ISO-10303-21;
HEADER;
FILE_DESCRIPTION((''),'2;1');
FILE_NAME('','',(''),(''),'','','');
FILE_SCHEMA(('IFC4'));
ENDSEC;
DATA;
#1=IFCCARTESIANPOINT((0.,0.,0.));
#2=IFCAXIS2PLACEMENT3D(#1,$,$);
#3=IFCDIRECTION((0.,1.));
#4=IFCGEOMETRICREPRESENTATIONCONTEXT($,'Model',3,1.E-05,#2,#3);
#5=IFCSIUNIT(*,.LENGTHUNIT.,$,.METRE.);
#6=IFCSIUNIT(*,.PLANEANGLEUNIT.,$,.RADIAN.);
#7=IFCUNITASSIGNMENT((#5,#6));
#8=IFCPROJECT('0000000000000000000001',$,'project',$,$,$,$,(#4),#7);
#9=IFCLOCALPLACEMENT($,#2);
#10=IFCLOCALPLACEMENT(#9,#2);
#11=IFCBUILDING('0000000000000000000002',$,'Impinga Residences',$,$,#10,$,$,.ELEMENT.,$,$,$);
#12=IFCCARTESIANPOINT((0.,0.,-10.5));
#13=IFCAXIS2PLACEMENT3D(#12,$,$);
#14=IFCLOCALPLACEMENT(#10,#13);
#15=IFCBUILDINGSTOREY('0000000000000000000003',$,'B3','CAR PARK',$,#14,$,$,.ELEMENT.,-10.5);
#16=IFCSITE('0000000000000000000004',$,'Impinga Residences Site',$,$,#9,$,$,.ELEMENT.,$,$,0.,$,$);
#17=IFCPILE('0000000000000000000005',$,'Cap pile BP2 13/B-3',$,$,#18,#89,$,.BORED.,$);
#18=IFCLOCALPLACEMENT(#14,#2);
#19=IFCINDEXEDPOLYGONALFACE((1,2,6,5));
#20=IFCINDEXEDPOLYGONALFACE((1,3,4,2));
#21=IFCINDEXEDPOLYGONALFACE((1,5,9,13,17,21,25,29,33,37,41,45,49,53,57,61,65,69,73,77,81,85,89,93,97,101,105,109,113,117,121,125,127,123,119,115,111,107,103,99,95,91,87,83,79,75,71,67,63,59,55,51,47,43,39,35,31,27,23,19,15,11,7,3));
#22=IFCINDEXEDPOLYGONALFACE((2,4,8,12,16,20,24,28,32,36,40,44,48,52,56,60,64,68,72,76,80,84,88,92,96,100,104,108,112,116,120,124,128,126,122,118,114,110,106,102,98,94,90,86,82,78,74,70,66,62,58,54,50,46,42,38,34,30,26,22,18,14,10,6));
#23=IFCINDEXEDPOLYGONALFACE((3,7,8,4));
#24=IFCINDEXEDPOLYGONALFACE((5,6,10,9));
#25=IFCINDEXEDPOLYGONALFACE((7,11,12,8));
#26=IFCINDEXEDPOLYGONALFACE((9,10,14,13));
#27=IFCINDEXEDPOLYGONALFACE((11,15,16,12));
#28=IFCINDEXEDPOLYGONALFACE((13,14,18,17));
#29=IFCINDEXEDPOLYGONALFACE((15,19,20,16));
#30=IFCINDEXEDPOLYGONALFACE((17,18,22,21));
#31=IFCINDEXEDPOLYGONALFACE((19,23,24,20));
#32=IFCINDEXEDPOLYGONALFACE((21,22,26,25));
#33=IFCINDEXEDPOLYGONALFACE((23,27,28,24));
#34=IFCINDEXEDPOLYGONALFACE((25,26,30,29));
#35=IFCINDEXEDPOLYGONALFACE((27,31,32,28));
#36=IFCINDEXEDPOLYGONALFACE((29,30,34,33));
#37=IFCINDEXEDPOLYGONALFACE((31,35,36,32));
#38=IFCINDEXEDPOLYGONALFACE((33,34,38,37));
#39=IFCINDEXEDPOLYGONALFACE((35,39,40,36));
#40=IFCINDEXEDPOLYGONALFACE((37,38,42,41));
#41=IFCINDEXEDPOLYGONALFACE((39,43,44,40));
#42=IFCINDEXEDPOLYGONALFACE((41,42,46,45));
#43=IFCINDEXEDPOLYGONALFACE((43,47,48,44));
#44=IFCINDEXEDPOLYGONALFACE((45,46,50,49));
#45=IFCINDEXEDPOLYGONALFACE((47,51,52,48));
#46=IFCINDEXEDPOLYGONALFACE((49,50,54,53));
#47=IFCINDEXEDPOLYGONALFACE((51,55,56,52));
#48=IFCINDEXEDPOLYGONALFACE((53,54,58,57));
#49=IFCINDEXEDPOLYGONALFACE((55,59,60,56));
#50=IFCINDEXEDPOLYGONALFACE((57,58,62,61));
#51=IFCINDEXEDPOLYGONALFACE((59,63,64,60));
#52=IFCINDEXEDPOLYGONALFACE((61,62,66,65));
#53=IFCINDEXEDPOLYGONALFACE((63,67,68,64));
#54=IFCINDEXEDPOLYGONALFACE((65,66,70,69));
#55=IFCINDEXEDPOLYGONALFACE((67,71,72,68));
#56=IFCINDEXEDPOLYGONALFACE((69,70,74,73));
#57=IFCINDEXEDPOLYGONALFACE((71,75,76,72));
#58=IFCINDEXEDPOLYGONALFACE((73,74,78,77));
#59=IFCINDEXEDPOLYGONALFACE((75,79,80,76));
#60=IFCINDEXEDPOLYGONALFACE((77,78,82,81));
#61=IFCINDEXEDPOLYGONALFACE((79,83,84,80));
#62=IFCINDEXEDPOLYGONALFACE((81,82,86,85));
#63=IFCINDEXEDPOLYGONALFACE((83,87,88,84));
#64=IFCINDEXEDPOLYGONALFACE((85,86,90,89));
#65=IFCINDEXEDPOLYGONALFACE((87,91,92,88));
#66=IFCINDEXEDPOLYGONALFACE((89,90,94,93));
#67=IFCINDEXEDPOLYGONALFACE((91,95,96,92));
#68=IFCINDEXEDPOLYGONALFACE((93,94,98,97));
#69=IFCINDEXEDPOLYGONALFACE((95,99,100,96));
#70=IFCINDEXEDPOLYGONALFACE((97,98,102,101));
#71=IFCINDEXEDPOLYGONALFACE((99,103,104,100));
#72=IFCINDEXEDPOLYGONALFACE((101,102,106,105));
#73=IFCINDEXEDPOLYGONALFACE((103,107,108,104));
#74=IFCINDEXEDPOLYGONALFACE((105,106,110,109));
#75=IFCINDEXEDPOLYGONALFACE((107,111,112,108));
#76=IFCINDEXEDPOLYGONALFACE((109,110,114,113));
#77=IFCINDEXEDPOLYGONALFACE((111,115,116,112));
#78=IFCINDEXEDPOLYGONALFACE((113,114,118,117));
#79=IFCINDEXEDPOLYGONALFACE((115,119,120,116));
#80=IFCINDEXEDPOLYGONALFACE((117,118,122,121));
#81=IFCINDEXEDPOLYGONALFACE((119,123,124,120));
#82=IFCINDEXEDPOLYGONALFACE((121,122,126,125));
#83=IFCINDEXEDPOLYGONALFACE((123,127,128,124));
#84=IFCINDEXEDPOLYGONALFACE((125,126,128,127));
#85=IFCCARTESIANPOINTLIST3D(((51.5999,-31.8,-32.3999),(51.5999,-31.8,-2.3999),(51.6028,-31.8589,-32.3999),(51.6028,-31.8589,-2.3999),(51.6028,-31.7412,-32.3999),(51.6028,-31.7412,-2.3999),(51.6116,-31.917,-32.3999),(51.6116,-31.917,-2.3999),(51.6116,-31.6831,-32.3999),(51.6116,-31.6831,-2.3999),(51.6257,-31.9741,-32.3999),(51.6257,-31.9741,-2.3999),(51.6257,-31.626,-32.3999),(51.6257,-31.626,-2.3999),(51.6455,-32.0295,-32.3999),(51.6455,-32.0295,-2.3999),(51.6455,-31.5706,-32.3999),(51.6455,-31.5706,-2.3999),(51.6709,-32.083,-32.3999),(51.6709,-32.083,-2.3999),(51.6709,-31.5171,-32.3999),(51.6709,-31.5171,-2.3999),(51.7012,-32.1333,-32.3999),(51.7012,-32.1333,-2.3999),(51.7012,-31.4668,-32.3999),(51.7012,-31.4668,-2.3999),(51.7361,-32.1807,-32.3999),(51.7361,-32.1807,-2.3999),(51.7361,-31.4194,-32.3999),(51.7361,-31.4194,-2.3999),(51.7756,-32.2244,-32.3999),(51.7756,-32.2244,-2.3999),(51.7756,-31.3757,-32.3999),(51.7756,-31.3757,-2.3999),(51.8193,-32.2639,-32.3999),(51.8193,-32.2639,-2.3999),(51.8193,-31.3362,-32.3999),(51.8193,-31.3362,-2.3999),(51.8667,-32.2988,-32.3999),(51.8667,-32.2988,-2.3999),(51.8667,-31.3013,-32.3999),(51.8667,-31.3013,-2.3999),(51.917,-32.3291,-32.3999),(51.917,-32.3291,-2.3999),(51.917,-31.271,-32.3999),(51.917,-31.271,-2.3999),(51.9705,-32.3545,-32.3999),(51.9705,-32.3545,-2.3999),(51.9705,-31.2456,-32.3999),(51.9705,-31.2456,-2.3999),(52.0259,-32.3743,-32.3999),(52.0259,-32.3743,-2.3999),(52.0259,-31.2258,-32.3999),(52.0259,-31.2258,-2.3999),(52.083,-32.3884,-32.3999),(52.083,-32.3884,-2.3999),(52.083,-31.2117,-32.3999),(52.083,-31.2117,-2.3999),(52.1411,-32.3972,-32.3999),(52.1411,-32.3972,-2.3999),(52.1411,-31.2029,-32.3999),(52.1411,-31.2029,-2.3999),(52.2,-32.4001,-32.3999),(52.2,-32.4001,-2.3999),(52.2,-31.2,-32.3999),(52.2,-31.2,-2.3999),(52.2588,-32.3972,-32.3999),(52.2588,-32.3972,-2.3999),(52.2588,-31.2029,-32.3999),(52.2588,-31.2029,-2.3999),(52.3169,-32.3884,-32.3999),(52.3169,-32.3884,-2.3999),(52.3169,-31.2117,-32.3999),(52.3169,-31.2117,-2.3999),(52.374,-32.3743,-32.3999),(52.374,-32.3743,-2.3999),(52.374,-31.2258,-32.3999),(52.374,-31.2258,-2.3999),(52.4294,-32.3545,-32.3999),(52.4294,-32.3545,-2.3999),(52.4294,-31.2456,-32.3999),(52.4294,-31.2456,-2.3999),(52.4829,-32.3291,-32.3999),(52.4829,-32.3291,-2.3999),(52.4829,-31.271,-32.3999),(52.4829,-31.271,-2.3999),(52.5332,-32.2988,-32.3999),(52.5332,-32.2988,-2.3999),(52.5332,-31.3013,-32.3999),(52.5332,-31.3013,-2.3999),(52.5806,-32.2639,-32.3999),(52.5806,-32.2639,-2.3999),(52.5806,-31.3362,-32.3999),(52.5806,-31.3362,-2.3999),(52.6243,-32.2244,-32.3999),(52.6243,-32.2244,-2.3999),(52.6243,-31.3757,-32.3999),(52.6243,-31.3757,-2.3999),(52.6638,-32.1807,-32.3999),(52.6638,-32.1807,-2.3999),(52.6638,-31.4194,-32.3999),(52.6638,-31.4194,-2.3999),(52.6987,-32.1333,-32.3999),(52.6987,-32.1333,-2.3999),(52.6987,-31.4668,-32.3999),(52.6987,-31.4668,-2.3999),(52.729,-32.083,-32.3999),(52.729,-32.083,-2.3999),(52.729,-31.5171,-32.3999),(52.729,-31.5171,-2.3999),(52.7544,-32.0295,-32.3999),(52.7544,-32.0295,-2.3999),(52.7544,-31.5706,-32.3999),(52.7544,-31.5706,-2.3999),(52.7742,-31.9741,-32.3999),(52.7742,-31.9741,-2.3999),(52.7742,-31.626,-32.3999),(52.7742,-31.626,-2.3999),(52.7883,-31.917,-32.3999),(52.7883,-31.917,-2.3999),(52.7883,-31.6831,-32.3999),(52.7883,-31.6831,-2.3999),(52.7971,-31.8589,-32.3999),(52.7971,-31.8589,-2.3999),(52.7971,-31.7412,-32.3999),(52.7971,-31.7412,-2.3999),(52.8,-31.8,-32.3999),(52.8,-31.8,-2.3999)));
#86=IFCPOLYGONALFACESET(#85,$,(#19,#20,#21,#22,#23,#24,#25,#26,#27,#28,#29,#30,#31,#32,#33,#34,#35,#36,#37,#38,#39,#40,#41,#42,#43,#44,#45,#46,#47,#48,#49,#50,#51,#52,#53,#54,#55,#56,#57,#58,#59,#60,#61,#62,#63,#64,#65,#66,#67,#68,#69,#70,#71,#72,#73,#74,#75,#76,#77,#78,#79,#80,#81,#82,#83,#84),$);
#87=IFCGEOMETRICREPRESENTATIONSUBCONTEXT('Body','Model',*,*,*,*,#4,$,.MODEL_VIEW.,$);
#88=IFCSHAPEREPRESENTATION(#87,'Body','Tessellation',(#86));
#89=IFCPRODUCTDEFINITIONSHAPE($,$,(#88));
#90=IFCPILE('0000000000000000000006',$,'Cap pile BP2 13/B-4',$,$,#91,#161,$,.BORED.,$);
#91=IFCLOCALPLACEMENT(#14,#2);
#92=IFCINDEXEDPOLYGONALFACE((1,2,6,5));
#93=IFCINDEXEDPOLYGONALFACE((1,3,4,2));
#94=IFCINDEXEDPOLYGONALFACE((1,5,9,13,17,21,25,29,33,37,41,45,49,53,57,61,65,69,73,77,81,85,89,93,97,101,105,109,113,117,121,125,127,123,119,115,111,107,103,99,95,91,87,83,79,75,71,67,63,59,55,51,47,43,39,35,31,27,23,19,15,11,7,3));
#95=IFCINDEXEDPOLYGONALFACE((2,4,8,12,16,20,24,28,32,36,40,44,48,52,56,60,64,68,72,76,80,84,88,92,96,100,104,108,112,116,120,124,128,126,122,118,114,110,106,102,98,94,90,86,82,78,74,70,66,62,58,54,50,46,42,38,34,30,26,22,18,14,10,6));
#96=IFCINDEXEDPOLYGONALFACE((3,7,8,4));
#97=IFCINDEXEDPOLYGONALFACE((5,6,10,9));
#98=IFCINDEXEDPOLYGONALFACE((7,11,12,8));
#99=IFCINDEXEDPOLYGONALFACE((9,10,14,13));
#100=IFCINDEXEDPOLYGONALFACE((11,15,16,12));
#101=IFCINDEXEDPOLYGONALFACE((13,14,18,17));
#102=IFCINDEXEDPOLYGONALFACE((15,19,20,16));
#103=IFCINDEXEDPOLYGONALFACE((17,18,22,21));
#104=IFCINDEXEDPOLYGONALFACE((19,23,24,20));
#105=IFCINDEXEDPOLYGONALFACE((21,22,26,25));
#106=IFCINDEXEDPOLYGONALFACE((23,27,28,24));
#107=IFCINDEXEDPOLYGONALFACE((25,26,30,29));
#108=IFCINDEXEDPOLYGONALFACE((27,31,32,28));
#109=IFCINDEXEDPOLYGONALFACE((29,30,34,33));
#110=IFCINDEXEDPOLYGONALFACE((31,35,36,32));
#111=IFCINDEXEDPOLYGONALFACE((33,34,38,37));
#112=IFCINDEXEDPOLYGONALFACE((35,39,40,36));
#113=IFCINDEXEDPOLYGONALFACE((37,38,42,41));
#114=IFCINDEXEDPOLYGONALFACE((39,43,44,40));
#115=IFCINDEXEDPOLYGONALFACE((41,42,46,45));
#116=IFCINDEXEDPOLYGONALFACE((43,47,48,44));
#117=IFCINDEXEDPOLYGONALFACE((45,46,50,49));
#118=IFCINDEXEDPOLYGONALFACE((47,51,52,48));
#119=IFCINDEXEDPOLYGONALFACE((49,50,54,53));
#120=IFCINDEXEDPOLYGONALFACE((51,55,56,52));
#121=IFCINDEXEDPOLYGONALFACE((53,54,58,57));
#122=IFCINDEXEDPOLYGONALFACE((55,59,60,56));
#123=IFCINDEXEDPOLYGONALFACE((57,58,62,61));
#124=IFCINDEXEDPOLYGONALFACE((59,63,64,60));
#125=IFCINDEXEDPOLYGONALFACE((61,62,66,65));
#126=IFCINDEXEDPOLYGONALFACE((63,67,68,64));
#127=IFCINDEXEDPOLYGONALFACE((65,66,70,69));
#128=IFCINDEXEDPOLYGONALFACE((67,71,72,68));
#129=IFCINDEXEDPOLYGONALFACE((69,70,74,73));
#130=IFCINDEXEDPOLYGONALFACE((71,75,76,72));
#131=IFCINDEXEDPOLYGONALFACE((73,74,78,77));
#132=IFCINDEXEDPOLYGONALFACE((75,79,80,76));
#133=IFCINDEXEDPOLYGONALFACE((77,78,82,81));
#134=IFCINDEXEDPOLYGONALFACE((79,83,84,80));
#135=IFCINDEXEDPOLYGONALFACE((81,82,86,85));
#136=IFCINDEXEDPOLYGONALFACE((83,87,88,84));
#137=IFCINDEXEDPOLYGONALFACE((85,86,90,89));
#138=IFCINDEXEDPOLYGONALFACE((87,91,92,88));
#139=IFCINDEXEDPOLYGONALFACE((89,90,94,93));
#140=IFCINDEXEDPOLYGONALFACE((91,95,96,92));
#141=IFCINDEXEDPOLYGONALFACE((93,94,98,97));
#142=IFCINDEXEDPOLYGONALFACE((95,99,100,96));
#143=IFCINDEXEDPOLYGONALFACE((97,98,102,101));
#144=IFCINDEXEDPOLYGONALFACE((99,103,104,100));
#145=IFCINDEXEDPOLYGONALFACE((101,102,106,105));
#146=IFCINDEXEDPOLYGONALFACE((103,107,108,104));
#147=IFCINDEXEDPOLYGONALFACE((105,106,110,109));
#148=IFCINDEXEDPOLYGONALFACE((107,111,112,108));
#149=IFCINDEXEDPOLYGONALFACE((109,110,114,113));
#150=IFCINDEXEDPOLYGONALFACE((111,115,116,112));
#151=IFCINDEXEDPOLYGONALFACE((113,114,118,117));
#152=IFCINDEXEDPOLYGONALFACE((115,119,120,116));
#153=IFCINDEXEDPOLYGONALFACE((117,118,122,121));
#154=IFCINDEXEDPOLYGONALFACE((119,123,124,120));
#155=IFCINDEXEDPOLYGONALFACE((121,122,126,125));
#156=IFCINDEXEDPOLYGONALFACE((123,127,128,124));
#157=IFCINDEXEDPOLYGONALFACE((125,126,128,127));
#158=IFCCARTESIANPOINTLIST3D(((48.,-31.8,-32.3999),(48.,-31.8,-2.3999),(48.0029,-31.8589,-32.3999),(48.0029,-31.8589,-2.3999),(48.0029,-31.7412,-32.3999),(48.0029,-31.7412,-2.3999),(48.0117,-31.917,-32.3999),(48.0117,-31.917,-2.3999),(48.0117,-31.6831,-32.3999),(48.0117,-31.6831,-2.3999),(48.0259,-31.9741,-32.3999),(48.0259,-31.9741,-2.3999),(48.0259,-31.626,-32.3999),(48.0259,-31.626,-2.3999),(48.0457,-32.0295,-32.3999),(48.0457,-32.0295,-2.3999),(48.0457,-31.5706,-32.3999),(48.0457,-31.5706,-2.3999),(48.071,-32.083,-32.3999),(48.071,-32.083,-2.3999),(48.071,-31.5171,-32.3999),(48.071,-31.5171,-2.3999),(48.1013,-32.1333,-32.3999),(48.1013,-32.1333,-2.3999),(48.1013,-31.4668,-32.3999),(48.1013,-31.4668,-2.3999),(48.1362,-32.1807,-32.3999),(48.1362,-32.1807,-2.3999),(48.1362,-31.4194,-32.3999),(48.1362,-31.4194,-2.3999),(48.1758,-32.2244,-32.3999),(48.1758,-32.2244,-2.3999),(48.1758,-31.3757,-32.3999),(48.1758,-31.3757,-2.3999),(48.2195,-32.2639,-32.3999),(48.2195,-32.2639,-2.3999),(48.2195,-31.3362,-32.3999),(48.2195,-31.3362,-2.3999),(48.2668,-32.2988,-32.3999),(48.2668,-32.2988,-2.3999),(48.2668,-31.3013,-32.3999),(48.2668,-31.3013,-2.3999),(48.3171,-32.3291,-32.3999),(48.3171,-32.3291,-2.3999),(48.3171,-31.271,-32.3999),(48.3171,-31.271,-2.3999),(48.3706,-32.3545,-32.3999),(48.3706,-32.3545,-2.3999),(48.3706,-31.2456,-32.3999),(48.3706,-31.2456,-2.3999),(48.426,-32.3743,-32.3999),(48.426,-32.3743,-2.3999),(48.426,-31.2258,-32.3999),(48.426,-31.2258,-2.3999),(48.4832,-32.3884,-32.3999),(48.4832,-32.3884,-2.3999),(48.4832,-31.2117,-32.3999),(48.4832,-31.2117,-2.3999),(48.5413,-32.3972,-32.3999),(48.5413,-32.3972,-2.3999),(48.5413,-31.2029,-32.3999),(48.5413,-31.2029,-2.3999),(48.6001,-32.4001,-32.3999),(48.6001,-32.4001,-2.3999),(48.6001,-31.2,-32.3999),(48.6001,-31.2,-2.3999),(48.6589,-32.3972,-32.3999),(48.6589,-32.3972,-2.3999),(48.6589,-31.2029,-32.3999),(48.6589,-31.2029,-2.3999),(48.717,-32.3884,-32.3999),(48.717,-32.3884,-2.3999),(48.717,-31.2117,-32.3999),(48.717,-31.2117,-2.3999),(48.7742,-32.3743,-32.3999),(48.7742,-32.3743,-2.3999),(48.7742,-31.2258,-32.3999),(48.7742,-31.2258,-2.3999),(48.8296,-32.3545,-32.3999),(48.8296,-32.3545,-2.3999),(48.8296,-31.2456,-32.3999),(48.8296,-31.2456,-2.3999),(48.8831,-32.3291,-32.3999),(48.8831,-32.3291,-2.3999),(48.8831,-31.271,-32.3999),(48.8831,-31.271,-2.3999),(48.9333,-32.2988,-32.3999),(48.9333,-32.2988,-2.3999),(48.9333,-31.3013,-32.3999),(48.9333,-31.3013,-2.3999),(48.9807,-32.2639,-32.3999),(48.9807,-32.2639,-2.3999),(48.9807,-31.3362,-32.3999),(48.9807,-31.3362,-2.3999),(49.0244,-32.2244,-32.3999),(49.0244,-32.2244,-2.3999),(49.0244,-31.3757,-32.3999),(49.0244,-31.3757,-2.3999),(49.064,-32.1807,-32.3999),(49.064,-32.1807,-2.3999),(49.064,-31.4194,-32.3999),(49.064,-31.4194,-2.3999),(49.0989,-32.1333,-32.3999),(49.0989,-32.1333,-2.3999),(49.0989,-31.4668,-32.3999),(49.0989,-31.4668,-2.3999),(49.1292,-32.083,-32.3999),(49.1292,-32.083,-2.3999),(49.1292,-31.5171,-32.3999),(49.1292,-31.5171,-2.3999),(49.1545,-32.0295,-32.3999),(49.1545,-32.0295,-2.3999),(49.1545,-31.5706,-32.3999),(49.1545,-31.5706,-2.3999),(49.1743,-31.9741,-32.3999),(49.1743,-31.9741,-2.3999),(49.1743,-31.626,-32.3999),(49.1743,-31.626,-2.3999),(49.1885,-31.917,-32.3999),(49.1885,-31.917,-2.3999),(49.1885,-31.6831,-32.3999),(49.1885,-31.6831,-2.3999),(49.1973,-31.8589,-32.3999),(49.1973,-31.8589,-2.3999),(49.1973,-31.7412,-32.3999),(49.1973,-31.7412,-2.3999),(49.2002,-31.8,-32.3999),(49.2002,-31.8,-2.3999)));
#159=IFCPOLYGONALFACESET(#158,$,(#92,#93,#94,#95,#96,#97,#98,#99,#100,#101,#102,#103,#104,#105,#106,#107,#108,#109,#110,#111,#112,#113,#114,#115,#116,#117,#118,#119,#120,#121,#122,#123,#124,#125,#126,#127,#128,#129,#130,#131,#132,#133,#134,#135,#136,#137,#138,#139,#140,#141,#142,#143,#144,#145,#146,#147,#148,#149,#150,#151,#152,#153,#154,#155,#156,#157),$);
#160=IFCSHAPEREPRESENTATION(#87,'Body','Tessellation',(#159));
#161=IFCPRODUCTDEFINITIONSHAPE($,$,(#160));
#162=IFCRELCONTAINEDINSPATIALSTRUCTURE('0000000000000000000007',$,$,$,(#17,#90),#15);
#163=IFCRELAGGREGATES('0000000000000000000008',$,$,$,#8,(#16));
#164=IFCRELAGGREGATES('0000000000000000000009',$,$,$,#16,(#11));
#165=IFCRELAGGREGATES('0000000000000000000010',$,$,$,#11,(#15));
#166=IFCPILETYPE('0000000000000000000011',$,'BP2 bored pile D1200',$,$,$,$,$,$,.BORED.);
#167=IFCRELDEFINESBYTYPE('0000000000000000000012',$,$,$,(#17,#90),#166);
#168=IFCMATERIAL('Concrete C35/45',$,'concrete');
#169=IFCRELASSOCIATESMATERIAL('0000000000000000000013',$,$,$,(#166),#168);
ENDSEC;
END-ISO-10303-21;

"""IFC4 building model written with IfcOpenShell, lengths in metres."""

from ifc_helpers import new_model, si_unit, direction, frame, origin, origin_2d, place, context, subcontext, project, spatial, polyline, circle, outline, extrude, material, material_profile, profile_set, type_object, element, save


model = new_model("IFC4")

# Units and contexts
model_context = context("Model", 3, precision=1e-05, world=origin(), true_north=direction((0.0, 1.0)))
body_context = subcontext(model_context, "Body", "Model", "MODEL_VIEW")
ifc_project = project(units=[si_unit("LENGTHUNIT", "METRE"), si_unit("PLANEANGLEUNIT", "RADIAN")], contexts=[model_context])

# Site, building, storey
site_placement = place(None, origin())
site = spatial("IfcSite", under=ifc_project, at=site_placement, Name="Impinga Residences Site", CompositionType="ELEMENT", RefElevation=0.0)
building_placement = place(site_placement, origin())
building = spatial("IfcBuilding", under=site, at=building_placement, Name="Impinga Residences", CompositionType="ELEMENT")
storey_placement = place(building_placement, frame((0.0, 0.0, -10.5)))
storey = spatial("IfcBuildingStorey", under=building, at=storey_placement, Name="B3", Description="CAR PARK", CompositionType="ELEMENT", Elevation=-10.5)

# Piles
ifc_material_1 = material(Name="Concrete C35/45", Category="concrete")
ifc_material_profile_1 = material_profile(ifc_material_1, circle(Radius=0.6001, at=origin_2d()), Name="D1200")
ifc_profile_set_1 = profile_set([ifc_material_profile_1], Name="Concrete C35/45")
pile_type_1 = type_object("IfcPileType", Name="BP2 bored pile D1200", PredefinedType="BORED", material=ifc_profile_set_1)
pile_1_placement = place(storey_placement, frame((52.2, -31.8, -2.3999), z_axis=(0.0, 0.0, -1.0), x_axis=(1.0, 0.0, 0.0)))
element("IfcPile", 1, at=pile_1_placement, inside=storey, type_object=pile_type_1, Name="Cap pile BP2 13/B-3", PredefinedType="BORED", context=body_context, shape_type="SweptSolid", body=[
    extrude(outline(polyline([(0.6001, 0.0), (0.5972, 0.0588), (0.5884, 0.1169), (0.5742, 0.1741), (0.5544, 0.2295), (0.5291, 0.283), (0.4988, 0.3333), (0.4639, 0.3806), (0.4243, 0.4243), (0.3806, 0.4639), (0.3333, 0.4988), (0.283, 0.5291), (0.2295, 0.5544), (0.1741, 0.5742), (0.1169, 0.5884), (0.0588, 0.5972), (0.0, 0.6001), (-0.0588, 0.5972), (-0.1169, 0.5884), (-0.1741, 0.5742), (-0.2295, 0.5544), (-0.283, 0.5291), (-0.3333, 0.4988), (-0.3806, 0.4639), (-0.4243, 0.4243), (-0.4639, 0.3806), (-0.4988, 0.3333), (-0.5291, 0.283), (-0.5544, 0.2295), (-0.5742, 0.1741), (-0.5884, 0.1169), (-0.5972, 0.0588), (-0.6001, 0.0), (-0.5972, -0.0588), (-0.5884, -0.1169), (-0.5742, -0.1741), (-0.5544, -0.2295), (-0.5291, -0.283), (-0.4988, -0.3333), (-0.4639, -0.3806), (-0.4243, -0.4243), (-0.3806, -0.4639), (-0.3333, -0.4988), (-0.283, -0.5291), (-0.2295, -0.5544), (-0.1741, -0.5742), (-0.1169, -0.5884), (-0.0588, -0.5972), (0.0, -0.6001), (0.0588, -0.5972), (0.1169, -0.5884), (0.1741, -0.5742), (0.2295, -0.5544), (0.283, -0.5291), (0.3333, -0.4988), (0.3806, -0.4639), (0.4243, -0.4243), (0.4639, -0.3806), (0.4988, -0.3333), (0.5291, -0.283), (0.5544, -0.2295), (0.5742, -0.1741), (0.5884, -0.1169), (0.5972, -0.0588), (0.6001, 0.0)])), origin(), (0.0, 0.0, 1.0), 30.0),
])
pile_2_placement = place(storey_placement, frame((48.6001, -31.8, -2.3999), z_axis=(0.0, 0.0, -1.0), x_axis=(1.0, 0.0, 0.0)))
element("IfcPile", 2, at=pile_2_placement, inside=storey, type_object=pile_type_1, Name="Cap pile BP2 13/B-4", PredefinedType="BORED", context=body_context, shape_type="SweptSolid", body=[
    extrude(outline(polyline([(0.6001, 0.0), (0.5972, 0.0588), (0.5884, 0.1169), (0.5742, 0.1741), (0.5544, 0.2295), (0.5291, 0.283), (0.4988, 0.3333), (0.4639, 0.3806), (0.4243, 0.4243), (0.3806, 0.4639), (0.3333, 0.4988), (0.283, 0.5291), (0.2295, 0.5544), (0.1741, 0.5742), (0.1169, 0.5884), (0.0588, 0.5972), (0.0, 0.6001), (-0.0588, 0.5972), (-0.1169, 0.5884), (-0.1741, 0.5742), (-0.2295, 0.5544), (-0.283, 0.5291), (-0.3333, 0.4988), (-0.3806, 0.4639), (-0.4243, 0.4243), (-0.4639, 0.3806), (-0.4988, 0.3333), (-0.5291, 0.283), (-0.5544, 0.2295), (-0.5742, 0.1741), (-0.5884, 0.1169), (-0.5972, 0.0588), (-0.6001, 0.0), (-0.5972, -0.0588), (-0.5884, -0.1169), (-0.5742, -0.1741), (-0.5544, -0.2295), (-0.5291, -0.283), (-0.4988, -0.3333), (-0.4639, -0.3806), (-0.4243, -0.4243), (-0.3806, -0.4639), (-0.3333, -0.4988), (-0.283, -0.5291), (-0.2295, -0.5544), (-0.1741, -0.5742), (-0.1169, -0.5884), (-0.0588, -0.5972), (0.0, -0.6001), (0.0588, -0.5972), (0.1169, -0.5884), (0.1741, -0.5742), (0.2295, -0.5544), (0.283, -0.5291), (0.3333, -0.4988), (0.3806, -0.4639), (0.4243, -0.4243), (0.4639, -0.3806), (0.4988, -0.3333), (0.5291, -0.283), (0.5544, -0.2295), (0.5742, -0.1741), (0.5884, -0.1169), (0.5972, -0.0588), (0.6001, 0.0)])), origin(), (0.0, 0.0, 1.0), 30.0),
])

save(model, "model.ifc")
